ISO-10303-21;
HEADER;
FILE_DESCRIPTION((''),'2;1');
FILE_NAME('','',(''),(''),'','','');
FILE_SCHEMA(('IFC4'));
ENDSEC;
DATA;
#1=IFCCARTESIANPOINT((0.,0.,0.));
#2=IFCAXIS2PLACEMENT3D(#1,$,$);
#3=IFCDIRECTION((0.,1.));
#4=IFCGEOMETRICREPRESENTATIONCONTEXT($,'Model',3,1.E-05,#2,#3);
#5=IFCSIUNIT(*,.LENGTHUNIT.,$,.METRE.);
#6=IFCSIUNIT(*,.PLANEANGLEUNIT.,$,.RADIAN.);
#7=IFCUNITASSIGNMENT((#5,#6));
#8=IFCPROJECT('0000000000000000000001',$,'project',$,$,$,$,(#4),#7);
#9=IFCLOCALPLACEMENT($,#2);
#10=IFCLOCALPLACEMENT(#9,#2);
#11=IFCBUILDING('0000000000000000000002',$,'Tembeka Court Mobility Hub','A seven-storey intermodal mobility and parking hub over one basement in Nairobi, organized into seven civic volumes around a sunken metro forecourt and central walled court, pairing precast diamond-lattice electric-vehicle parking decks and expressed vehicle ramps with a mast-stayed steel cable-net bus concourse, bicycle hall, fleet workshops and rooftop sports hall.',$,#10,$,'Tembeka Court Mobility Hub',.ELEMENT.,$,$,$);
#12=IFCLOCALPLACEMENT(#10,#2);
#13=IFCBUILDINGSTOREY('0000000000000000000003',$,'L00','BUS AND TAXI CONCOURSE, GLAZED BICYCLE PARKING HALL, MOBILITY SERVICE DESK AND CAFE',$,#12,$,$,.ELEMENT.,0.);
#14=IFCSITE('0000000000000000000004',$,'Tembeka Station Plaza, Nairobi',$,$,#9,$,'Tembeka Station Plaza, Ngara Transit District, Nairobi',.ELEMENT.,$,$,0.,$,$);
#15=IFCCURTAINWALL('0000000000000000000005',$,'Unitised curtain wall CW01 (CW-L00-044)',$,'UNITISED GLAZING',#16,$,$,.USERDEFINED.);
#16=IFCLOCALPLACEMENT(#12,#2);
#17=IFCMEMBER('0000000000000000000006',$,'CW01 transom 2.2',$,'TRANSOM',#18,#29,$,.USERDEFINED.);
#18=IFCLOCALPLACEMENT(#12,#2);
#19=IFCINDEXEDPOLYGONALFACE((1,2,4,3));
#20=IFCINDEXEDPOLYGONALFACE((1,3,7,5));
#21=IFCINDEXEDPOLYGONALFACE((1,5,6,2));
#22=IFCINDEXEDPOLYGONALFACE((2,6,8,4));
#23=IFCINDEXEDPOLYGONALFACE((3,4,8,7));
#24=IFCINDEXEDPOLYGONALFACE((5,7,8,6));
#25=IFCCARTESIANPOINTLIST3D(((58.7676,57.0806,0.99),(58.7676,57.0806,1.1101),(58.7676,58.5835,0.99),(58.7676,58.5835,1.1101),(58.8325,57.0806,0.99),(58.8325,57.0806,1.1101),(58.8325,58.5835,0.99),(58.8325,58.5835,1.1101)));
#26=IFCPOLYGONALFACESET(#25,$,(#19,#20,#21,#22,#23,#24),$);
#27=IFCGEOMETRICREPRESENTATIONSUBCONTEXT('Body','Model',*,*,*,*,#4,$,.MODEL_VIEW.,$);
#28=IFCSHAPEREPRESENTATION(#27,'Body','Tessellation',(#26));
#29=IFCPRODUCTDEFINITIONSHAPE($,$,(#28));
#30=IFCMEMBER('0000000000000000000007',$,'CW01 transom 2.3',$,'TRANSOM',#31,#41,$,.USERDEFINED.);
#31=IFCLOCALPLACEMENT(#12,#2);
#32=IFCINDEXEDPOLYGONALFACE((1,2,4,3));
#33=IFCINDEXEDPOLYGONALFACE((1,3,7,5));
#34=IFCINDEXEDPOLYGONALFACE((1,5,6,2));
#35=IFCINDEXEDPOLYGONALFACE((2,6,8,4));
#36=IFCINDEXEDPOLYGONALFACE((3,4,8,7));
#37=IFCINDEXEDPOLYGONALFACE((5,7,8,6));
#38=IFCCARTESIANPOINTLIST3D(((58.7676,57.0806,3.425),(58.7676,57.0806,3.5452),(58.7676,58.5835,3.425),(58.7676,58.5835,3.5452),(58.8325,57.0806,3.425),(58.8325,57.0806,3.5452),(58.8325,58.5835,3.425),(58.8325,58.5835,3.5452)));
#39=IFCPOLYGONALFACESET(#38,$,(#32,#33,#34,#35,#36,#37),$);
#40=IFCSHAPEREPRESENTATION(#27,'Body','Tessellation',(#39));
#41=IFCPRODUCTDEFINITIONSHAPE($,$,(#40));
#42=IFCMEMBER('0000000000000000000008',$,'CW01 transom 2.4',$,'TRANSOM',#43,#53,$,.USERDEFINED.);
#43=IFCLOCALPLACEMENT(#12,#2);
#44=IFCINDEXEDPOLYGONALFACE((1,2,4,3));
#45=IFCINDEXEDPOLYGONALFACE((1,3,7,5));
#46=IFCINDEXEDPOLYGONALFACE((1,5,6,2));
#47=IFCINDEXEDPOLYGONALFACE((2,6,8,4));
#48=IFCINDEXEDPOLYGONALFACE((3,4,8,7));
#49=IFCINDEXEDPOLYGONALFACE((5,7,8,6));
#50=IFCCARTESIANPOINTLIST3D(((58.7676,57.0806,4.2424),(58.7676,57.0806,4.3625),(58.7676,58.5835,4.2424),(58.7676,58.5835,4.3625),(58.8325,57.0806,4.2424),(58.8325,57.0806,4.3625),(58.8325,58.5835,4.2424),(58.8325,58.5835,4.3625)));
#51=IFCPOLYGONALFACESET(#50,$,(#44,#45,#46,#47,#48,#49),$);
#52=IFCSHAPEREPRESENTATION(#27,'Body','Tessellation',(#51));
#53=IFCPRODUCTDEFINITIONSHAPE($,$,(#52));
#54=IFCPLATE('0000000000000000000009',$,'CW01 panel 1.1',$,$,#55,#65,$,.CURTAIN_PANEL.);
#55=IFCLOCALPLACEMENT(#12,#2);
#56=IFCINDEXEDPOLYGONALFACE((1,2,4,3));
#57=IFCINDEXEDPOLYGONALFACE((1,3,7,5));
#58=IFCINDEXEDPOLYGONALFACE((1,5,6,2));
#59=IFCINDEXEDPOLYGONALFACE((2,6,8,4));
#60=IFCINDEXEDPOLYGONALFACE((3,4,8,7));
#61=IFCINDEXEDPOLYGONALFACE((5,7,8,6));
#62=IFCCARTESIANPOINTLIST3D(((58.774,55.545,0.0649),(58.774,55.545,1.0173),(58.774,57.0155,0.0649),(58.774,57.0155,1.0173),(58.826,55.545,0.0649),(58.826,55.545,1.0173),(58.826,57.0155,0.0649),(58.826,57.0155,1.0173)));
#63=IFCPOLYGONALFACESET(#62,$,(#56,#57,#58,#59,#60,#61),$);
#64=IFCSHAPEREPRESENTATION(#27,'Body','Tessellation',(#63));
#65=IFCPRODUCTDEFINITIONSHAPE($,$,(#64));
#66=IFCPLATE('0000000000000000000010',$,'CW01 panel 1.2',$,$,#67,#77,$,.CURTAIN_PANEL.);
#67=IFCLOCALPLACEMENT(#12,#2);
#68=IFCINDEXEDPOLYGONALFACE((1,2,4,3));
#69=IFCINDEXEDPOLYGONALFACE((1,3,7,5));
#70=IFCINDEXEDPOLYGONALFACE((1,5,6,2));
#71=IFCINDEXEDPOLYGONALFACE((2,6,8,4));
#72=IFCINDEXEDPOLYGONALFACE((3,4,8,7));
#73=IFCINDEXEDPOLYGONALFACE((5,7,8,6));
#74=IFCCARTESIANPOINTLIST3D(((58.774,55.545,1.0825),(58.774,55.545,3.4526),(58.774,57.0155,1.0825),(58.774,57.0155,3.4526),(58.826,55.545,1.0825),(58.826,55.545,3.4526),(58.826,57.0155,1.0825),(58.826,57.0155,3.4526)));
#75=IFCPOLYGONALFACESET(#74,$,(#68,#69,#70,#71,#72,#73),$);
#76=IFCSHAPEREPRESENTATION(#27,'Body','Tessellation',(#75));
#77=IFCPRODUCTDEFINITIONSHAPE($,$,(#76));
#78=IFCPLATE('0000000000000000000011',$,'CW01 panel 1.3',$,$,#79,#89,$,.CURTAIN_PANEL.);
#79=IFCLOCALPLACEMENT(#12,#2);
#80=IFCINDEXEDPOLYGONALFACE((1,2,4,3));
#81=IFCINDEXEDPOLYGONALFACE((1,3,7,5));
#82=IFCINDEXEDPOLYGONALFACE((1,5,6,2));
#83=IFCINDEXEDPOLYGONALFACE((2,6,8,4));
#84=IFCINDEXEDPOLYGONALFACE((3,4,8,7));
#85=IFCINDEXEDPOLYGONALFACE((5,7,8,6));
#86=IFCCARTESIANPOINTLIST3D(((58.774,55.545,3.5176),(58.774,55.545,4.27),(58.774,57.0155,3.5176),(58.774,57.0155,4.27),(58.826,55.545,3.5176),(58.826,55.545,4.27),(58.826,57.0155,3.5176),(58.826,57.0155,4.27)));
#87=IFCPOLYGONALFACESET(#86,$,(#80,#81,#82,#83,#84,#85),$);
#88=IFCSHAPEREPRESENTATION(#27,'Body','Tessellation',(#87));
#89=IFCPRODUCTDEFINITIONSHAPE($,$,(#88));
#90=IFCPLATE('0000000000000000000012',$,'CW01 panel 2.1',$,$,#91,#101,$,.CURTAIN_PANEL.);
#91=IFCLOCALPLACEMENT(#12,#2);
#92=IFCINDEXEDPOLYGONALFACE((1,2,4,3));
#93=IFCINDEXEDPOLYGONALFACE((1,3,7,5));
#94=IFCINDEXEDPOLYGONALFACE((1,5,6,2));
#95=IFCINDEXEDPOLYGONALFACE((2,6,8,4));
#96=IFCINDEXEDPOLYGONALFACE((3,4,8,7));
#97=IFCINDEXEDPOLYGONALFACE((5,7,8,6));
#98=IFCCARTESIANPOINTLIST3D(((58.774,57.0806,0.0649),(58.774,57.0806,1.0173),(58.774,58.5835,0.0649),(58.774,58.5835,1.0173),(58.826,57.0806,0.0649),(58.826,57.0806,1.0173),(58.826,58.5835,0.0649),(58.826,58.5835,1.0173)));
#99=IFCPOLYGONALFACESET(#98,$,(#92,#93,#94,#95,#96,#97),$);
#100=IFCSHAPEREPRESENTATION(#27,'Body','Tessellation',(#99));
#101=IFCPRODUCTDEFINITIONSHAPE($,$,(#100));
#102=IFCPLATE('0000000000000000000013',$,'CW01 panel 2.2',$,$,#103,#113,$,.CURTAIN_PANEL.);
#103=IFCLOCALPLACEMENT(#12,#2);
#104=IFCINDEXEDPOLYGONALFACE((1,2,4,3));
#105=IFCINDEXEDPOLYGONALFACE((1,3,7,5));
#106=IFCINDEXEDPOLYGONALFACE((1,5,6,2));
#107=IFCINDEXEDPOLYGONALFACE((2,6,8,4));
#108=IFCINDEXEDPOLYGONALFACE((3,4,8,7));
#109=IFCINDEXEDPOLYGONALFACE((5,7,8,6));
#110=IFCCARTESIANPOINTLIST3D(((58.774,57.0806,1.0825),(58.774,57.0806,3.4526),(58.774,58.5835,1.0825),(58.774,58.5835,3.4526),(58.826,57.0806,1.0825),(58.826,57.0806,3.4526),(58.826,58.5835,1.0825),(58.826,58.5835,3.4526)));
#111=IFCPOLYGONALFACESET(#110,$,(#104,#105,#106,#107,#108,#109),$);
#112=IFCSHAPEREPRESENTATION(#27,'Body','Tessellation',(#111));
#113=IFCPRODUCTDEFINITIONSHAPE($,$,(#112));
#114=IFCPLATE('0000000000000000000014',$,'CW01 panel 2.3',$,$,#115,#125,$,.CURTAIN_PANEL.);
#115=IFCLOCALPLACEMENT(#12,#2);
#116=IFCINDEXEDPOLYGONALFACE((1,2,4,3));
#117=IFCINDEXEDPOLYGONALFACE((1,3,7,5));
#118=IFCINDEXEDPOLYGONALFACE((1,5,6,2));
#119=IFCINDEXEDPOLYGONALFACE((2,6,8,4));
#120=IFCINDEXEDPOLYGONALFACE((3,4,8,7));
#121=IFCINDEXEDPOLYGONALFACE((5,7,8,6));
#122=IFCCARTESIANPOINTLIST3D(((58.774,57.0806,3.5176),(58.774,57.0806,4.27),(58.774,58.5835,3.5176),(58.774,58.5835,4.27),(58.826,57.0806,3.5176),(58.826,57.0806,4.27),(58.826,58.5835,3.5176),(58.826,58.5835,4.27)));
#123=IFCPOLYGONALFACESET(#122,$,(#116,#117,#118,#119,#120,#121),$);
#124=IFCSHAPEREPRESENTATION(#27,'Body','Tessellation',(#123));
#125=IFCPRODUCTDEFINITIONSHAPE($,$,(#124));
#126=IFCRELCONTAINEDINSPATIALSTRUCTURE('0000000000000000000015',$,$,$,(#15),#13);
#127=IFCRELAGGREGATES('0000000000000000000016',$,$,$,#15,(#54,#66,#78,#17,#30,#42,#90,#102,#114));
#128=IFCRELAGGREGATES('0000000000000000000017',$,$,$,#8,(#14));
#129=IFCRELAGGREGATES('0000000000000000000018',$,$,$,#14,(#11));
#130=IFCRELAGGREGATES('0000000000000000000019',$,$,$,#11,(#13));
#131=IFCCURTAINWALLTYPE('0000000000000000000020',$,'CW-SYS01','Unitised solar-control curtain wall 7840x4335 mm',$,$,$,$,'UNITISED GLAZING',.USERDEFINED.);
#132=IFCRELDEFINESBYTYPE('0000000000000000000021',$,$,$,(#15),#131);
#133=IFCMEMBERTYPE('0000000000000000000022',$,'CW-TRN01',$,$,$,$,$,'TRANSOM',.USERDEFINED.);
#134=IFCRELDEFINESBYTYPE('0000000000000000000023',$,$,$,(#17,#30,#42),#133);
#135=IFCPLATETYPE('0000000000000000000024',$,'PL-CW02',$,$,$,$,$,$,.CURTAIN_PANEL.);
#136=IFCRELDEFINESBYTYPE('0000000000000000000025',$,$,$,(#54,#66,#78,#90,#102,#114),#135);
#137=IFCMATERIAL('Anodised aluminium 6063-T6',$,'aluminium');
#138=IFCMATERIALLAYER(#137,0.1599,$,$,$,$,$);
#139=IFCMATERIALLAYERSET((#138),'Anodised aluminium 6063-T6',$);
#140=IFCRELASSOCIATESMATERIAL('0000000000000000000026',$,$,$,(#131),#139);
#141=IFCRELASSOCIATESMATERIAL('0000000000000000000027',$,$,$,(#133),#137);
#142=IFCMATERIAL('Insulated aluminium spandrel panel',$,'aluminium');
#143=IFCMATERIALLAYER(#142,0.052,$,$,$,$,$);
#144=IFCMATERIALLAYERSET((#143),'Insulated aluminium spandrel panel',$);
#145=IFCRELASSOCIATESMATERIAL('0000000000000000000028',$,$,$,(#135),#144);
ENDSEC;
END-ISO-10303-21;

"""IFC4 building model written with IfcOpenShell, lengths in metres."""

from ifc_helpers import new_model, si_unit, direction, frame, origin, origin_2d, place, context, subcontext, project, spatial, rectangle, extrude, material, layer, layer_set, material_profile, profile_set, type_object, element, aggregate, save


model = new_model("IFC4")

# Units and contexts
model_context = context("Model", 3, precision=1e-05, world=origin(), true_north=direction((0.0, 1.0)))
body_context = subcontext(model_context, "Body", "Model", "MODEL_VIEW")
ifc_project = project(units=[si_unit("LENGTHUNIT", "METRE"), si_unit("PLANEANGLEUNIT", "RADIAN")], contexts=[model_context])

# Site, building, storey
site_placement = place(None, origin())
site = spatial("IfcSite", under=ifc_project, at=site_placement, Name="Tembeka Station Plaza, Nairobi", LongName="Tembeka Station Plaza, Ngara Transit District, Nairobi", CompositionType="ELEMENT", RefElevation=0.0)
building_placement = place(site_placement, origin())
building = spatial("IfcBuilding", under=site, at=building_placement, Name="Tembeka Court Mobility Hub", Description="A seven-storey intermodal mobility and parking hub over one basement in Nairobi, organized into seven civic volumes around a sunken metro forecourt and central walled court, pairing precast diamond-lattice electric-vehicle parking decks and expressed vehicle ramps with a mast-stayed steel cable-net bus concourse, bicycle hall, fleet workshops and rooftop sports hall.", LongName="Tembeka Court Mobility Hub", CompositionType="ELEMENT")
storey_placement = place(building_placement, origin())
storey = spatial("IfcBuildingStorey", under=building, at=storey_placement, Name="L00", Description="BUS AND TAXI CONCOURSE, GLAZED BICYCLE PARKING HALL, MOBILITY SERVICE DESK AND CAFE", CompositionType="ELEMENT", Elevation=0.0)

# Curtain wall, members, plates
ifc_material_1 = material(Name="Anodised aluminium 6063-T6", Category="aluminium")
ifc_layer_1 = layer(ifc_material_1, 0.1599)
ifc_layer_set_1 = layer_set([ifc_layer_1], Name="Anodised aluminium 6063-T6")
curtain_wall_type = type_object("IfcCurtainWallType", Name="CW-SYS01", Description="Unitised solar-control curtain wall 7840x4335 mm", ElementType="UNITISED GLAZING", PredefinedType="USERDEFINED", material=ifc_layer_set_1)
curtain_wall_placement = place(storey_placement, origin())
curtain_wall = element("IfcCurtainWall", 1, at=curtain_wall_placement, inside=storey, type_object=curtain_wall_type, Name="Unitised curtain wall CW01 (CW-L00-044)", ObjectType="UNITISED GLAZING", PredefinedType="USERDEFINED")
ifc_material_profile_1 = material_profile(ifc_material_1, rectangle(XDim=0.0649, YDim=0.1201, at=origin_2d()), Name="ALU-TRN 65x120")
ifc_profile_set_1 = profile_set([ifc_material_profile_1], Name="Anodised aluminium 6063-T6")
member_type_1 = type_object("IfcMemberType", Name="CW-TRN01", ElementType="TRANSOM", PredefinedType="USERDEFINED", material=ifc_profile_set_1)
member_1_placement = place(storey_placement, frame((58.8, 57.0806, 1.05), z_axis=(0.0, 1.0, 0.0), x_axis=(-1.0, 0.0, 0.0)))
member_1 = element("IfcMember", 2, at=member_1_placement, type_object=member_type_1, Name="CW01 transom 2.2", ObjectType="TRANSOM", PredefinedType="USERDEFINED", context=body_context, shape_type="SweptSolid", body=[
    extrude(rectangle(XDim=0.0649, YDim=0.1201, at=origin_2d()), origin(), (0.0, 0.0, 1.0), 1.5029),
])
member_2_placement = place(storey_placement, frame((58.8, 57.0806, 3.4851), z_axis=(0.0, 1.0, 0.0), x_axis=(-1.0, 0.0, 0.0)))
member_2 = element("IfcMember", 3, at=member_2_placement, type_object=member_type_1, Name="CW01 transom 2.3", ObjectType="TRANSOM", PredefinedType="USERDEFINED", context=body_context, shape_type="SweptSolid", body=[
    extrude(rectangle(XDim=0.0649, YDim=0.1201, at=origin_2d()), origin(), (0.0, 0.0, 1.0), 1.5029),
])
member_3_placement = place(storey_placement, frame((58.8, 57.0806, 4.3025), z_axis=(0.0, 1.0, 0.0), x_axis=(-1.0, 0.0, 0.0)))
member_3 = element("IfcMember", 4, at=member_3_placement, type_object=member_type_1, Name="CW01 transom 2.4", ObjectType="TRANSOM", PredefinedType="USERDEFINED", context=body_context, shape_type="SweptSolid", body=[
    extrude(rectangle(XDim=0.0649, YDim=0.1201, at=origin_2d()), origin(), (0.0, 0.0, 1.0), 1.5029),
])
ifc_material_2 = material(Name="Insulated aluminium spandrel panel", Category="aluminium")
ifc_layer_2 = layer(ifc_material_2, 0.052)
ifc_layer_set_2 = layer_set([ifc_layer_2], Name="Insulated aluminium spandrel panel")
plate_type = type_object("IfcPlateType", Name="PL-CW02", PredefinedType="CURTAIN_PANEL", material=ifc_layer_set_2)
plate_1_placement = place(storey_placement, frame((58.8, 56.2803, 0.0649), z_axis=(0.0, 0.0, 1.0), x_axis=(0.0, 1.0, 0.0)))
plate_1 = element("IfcPlate", 5, at=plate_1_placement, type_object=plate_type, Name="CW01 panel 1.1", PredefinedType="CURTAIN_PANEL", context=body_context, shape_type="SweptSolid", body=[
    extrude(rectangle(XDim=1.4705, YDim=0.052, at=origin_2d()), origin(), (0.0, 0.0, 1.0), 0.9524),
])
plate_2_placement = place(storey_placement, frame((58.8, 56.2803, 1.0825), z_axis=(0.0, 0.0, 1.0), x_axis=(0.0, 1.0, 0.0)))
plate_2 = element("IfcPlate", 6, at=plate_2_placement, type_object=plate_type, Name="CW01 panel 1.2", PredefinedType="CURTAIN_PANEL", context=body_context, shape_type="SweptSolid", body=[
    extrude(rectangle(XDim=1.4705, YDim=0.052, at=origin_2d()), origin(), (0.0, 0.0, 1.0), 2.3701),
])
plate_3_placement = place(storey_placement, frame((58.8, 56.2803, 3.5176), z_axis=(0.0, 0.0, 1.0), x_axis=(0.0, 1.0, 0.0)))
plate_3 = element("IfcPlate", 7, at=plate_3_placement, type_object=plate_type, Name="CW01 panel 1.3", PredefinedType="CURTAIN_PANEL", context=body_context, shape_type="SweptSolid", body=[
    extrude(rectangle(XDim=1.4705, YDim=0.052, at=origin_2d()), origin(), (0.0, 0.0, 1.0), 0.7524),
])
plate_4_placement = place(storey_placement, frame((58.8, 57.832, 0.0649), z_axis=(0.0, 0.0, 1.0), x_axis=(0.0, 1.0, 0.0)))
plate_4 = element("IfcPlate", 8, at=plate_4_placement, type_object=plate_type, Name="CW01 panel 2.1", PredefinedType="CURTAIN_PANEL", context=body_context, shape_type="SweptSolid", body=[
    extrude(rectangle(XDim=1.5029, YDim=0.052, at=origin_2d()), origin(), (0.0, 0.0, 1.0), 0.9524),
])
plate_5_placement = place(storey_placement, frame((58.8, 57.832, 1.0825), z_axis=(0.0, 0.0, 1.0), x_axis=(0.0, 1.0, 0.0)))
plate_5 = element("IfcPlate", 9, at=plate_5_placement, type_object=plate_type, Name="CW01 panel 2.2", PredefinedType="CURTAIN_PANEL", context=body_context, shape_type="SweptSolid", body=[
    extrude(rectangle(XDim=1.5029, YDim=0.052, at=origin_2d()), origin(), (0.0, 0.0, 1.0), 2.3701),
])
plate_6_placement = place(storey_placement, frame((58.8, 57.832, 3.5176), z_axis=(0.0, 0.0, 1.0), x_axis=(0.0, 1.0, 0.0)))
plate_6 = element("IfcPlate", 10, at=plate_6_placement, type_object=plate_type, Name="CW01 panel 2.3", PredefinedType="CURTAIN_PANEL", context=body_context, shape_type="SweptSolid", body=[
    extrude(rectangle(XDim=1.5029, YDim=0.052, at=origin_2d()), origin(), (0.0, 0.0, 1.0), 0.7524),
])
aggregate(curtain_wall, [plate_1, plate_2, plate_3, member_1, member_2, member_3, plate_4, plate_5, plate_6])

save(model, "model.ifc")
